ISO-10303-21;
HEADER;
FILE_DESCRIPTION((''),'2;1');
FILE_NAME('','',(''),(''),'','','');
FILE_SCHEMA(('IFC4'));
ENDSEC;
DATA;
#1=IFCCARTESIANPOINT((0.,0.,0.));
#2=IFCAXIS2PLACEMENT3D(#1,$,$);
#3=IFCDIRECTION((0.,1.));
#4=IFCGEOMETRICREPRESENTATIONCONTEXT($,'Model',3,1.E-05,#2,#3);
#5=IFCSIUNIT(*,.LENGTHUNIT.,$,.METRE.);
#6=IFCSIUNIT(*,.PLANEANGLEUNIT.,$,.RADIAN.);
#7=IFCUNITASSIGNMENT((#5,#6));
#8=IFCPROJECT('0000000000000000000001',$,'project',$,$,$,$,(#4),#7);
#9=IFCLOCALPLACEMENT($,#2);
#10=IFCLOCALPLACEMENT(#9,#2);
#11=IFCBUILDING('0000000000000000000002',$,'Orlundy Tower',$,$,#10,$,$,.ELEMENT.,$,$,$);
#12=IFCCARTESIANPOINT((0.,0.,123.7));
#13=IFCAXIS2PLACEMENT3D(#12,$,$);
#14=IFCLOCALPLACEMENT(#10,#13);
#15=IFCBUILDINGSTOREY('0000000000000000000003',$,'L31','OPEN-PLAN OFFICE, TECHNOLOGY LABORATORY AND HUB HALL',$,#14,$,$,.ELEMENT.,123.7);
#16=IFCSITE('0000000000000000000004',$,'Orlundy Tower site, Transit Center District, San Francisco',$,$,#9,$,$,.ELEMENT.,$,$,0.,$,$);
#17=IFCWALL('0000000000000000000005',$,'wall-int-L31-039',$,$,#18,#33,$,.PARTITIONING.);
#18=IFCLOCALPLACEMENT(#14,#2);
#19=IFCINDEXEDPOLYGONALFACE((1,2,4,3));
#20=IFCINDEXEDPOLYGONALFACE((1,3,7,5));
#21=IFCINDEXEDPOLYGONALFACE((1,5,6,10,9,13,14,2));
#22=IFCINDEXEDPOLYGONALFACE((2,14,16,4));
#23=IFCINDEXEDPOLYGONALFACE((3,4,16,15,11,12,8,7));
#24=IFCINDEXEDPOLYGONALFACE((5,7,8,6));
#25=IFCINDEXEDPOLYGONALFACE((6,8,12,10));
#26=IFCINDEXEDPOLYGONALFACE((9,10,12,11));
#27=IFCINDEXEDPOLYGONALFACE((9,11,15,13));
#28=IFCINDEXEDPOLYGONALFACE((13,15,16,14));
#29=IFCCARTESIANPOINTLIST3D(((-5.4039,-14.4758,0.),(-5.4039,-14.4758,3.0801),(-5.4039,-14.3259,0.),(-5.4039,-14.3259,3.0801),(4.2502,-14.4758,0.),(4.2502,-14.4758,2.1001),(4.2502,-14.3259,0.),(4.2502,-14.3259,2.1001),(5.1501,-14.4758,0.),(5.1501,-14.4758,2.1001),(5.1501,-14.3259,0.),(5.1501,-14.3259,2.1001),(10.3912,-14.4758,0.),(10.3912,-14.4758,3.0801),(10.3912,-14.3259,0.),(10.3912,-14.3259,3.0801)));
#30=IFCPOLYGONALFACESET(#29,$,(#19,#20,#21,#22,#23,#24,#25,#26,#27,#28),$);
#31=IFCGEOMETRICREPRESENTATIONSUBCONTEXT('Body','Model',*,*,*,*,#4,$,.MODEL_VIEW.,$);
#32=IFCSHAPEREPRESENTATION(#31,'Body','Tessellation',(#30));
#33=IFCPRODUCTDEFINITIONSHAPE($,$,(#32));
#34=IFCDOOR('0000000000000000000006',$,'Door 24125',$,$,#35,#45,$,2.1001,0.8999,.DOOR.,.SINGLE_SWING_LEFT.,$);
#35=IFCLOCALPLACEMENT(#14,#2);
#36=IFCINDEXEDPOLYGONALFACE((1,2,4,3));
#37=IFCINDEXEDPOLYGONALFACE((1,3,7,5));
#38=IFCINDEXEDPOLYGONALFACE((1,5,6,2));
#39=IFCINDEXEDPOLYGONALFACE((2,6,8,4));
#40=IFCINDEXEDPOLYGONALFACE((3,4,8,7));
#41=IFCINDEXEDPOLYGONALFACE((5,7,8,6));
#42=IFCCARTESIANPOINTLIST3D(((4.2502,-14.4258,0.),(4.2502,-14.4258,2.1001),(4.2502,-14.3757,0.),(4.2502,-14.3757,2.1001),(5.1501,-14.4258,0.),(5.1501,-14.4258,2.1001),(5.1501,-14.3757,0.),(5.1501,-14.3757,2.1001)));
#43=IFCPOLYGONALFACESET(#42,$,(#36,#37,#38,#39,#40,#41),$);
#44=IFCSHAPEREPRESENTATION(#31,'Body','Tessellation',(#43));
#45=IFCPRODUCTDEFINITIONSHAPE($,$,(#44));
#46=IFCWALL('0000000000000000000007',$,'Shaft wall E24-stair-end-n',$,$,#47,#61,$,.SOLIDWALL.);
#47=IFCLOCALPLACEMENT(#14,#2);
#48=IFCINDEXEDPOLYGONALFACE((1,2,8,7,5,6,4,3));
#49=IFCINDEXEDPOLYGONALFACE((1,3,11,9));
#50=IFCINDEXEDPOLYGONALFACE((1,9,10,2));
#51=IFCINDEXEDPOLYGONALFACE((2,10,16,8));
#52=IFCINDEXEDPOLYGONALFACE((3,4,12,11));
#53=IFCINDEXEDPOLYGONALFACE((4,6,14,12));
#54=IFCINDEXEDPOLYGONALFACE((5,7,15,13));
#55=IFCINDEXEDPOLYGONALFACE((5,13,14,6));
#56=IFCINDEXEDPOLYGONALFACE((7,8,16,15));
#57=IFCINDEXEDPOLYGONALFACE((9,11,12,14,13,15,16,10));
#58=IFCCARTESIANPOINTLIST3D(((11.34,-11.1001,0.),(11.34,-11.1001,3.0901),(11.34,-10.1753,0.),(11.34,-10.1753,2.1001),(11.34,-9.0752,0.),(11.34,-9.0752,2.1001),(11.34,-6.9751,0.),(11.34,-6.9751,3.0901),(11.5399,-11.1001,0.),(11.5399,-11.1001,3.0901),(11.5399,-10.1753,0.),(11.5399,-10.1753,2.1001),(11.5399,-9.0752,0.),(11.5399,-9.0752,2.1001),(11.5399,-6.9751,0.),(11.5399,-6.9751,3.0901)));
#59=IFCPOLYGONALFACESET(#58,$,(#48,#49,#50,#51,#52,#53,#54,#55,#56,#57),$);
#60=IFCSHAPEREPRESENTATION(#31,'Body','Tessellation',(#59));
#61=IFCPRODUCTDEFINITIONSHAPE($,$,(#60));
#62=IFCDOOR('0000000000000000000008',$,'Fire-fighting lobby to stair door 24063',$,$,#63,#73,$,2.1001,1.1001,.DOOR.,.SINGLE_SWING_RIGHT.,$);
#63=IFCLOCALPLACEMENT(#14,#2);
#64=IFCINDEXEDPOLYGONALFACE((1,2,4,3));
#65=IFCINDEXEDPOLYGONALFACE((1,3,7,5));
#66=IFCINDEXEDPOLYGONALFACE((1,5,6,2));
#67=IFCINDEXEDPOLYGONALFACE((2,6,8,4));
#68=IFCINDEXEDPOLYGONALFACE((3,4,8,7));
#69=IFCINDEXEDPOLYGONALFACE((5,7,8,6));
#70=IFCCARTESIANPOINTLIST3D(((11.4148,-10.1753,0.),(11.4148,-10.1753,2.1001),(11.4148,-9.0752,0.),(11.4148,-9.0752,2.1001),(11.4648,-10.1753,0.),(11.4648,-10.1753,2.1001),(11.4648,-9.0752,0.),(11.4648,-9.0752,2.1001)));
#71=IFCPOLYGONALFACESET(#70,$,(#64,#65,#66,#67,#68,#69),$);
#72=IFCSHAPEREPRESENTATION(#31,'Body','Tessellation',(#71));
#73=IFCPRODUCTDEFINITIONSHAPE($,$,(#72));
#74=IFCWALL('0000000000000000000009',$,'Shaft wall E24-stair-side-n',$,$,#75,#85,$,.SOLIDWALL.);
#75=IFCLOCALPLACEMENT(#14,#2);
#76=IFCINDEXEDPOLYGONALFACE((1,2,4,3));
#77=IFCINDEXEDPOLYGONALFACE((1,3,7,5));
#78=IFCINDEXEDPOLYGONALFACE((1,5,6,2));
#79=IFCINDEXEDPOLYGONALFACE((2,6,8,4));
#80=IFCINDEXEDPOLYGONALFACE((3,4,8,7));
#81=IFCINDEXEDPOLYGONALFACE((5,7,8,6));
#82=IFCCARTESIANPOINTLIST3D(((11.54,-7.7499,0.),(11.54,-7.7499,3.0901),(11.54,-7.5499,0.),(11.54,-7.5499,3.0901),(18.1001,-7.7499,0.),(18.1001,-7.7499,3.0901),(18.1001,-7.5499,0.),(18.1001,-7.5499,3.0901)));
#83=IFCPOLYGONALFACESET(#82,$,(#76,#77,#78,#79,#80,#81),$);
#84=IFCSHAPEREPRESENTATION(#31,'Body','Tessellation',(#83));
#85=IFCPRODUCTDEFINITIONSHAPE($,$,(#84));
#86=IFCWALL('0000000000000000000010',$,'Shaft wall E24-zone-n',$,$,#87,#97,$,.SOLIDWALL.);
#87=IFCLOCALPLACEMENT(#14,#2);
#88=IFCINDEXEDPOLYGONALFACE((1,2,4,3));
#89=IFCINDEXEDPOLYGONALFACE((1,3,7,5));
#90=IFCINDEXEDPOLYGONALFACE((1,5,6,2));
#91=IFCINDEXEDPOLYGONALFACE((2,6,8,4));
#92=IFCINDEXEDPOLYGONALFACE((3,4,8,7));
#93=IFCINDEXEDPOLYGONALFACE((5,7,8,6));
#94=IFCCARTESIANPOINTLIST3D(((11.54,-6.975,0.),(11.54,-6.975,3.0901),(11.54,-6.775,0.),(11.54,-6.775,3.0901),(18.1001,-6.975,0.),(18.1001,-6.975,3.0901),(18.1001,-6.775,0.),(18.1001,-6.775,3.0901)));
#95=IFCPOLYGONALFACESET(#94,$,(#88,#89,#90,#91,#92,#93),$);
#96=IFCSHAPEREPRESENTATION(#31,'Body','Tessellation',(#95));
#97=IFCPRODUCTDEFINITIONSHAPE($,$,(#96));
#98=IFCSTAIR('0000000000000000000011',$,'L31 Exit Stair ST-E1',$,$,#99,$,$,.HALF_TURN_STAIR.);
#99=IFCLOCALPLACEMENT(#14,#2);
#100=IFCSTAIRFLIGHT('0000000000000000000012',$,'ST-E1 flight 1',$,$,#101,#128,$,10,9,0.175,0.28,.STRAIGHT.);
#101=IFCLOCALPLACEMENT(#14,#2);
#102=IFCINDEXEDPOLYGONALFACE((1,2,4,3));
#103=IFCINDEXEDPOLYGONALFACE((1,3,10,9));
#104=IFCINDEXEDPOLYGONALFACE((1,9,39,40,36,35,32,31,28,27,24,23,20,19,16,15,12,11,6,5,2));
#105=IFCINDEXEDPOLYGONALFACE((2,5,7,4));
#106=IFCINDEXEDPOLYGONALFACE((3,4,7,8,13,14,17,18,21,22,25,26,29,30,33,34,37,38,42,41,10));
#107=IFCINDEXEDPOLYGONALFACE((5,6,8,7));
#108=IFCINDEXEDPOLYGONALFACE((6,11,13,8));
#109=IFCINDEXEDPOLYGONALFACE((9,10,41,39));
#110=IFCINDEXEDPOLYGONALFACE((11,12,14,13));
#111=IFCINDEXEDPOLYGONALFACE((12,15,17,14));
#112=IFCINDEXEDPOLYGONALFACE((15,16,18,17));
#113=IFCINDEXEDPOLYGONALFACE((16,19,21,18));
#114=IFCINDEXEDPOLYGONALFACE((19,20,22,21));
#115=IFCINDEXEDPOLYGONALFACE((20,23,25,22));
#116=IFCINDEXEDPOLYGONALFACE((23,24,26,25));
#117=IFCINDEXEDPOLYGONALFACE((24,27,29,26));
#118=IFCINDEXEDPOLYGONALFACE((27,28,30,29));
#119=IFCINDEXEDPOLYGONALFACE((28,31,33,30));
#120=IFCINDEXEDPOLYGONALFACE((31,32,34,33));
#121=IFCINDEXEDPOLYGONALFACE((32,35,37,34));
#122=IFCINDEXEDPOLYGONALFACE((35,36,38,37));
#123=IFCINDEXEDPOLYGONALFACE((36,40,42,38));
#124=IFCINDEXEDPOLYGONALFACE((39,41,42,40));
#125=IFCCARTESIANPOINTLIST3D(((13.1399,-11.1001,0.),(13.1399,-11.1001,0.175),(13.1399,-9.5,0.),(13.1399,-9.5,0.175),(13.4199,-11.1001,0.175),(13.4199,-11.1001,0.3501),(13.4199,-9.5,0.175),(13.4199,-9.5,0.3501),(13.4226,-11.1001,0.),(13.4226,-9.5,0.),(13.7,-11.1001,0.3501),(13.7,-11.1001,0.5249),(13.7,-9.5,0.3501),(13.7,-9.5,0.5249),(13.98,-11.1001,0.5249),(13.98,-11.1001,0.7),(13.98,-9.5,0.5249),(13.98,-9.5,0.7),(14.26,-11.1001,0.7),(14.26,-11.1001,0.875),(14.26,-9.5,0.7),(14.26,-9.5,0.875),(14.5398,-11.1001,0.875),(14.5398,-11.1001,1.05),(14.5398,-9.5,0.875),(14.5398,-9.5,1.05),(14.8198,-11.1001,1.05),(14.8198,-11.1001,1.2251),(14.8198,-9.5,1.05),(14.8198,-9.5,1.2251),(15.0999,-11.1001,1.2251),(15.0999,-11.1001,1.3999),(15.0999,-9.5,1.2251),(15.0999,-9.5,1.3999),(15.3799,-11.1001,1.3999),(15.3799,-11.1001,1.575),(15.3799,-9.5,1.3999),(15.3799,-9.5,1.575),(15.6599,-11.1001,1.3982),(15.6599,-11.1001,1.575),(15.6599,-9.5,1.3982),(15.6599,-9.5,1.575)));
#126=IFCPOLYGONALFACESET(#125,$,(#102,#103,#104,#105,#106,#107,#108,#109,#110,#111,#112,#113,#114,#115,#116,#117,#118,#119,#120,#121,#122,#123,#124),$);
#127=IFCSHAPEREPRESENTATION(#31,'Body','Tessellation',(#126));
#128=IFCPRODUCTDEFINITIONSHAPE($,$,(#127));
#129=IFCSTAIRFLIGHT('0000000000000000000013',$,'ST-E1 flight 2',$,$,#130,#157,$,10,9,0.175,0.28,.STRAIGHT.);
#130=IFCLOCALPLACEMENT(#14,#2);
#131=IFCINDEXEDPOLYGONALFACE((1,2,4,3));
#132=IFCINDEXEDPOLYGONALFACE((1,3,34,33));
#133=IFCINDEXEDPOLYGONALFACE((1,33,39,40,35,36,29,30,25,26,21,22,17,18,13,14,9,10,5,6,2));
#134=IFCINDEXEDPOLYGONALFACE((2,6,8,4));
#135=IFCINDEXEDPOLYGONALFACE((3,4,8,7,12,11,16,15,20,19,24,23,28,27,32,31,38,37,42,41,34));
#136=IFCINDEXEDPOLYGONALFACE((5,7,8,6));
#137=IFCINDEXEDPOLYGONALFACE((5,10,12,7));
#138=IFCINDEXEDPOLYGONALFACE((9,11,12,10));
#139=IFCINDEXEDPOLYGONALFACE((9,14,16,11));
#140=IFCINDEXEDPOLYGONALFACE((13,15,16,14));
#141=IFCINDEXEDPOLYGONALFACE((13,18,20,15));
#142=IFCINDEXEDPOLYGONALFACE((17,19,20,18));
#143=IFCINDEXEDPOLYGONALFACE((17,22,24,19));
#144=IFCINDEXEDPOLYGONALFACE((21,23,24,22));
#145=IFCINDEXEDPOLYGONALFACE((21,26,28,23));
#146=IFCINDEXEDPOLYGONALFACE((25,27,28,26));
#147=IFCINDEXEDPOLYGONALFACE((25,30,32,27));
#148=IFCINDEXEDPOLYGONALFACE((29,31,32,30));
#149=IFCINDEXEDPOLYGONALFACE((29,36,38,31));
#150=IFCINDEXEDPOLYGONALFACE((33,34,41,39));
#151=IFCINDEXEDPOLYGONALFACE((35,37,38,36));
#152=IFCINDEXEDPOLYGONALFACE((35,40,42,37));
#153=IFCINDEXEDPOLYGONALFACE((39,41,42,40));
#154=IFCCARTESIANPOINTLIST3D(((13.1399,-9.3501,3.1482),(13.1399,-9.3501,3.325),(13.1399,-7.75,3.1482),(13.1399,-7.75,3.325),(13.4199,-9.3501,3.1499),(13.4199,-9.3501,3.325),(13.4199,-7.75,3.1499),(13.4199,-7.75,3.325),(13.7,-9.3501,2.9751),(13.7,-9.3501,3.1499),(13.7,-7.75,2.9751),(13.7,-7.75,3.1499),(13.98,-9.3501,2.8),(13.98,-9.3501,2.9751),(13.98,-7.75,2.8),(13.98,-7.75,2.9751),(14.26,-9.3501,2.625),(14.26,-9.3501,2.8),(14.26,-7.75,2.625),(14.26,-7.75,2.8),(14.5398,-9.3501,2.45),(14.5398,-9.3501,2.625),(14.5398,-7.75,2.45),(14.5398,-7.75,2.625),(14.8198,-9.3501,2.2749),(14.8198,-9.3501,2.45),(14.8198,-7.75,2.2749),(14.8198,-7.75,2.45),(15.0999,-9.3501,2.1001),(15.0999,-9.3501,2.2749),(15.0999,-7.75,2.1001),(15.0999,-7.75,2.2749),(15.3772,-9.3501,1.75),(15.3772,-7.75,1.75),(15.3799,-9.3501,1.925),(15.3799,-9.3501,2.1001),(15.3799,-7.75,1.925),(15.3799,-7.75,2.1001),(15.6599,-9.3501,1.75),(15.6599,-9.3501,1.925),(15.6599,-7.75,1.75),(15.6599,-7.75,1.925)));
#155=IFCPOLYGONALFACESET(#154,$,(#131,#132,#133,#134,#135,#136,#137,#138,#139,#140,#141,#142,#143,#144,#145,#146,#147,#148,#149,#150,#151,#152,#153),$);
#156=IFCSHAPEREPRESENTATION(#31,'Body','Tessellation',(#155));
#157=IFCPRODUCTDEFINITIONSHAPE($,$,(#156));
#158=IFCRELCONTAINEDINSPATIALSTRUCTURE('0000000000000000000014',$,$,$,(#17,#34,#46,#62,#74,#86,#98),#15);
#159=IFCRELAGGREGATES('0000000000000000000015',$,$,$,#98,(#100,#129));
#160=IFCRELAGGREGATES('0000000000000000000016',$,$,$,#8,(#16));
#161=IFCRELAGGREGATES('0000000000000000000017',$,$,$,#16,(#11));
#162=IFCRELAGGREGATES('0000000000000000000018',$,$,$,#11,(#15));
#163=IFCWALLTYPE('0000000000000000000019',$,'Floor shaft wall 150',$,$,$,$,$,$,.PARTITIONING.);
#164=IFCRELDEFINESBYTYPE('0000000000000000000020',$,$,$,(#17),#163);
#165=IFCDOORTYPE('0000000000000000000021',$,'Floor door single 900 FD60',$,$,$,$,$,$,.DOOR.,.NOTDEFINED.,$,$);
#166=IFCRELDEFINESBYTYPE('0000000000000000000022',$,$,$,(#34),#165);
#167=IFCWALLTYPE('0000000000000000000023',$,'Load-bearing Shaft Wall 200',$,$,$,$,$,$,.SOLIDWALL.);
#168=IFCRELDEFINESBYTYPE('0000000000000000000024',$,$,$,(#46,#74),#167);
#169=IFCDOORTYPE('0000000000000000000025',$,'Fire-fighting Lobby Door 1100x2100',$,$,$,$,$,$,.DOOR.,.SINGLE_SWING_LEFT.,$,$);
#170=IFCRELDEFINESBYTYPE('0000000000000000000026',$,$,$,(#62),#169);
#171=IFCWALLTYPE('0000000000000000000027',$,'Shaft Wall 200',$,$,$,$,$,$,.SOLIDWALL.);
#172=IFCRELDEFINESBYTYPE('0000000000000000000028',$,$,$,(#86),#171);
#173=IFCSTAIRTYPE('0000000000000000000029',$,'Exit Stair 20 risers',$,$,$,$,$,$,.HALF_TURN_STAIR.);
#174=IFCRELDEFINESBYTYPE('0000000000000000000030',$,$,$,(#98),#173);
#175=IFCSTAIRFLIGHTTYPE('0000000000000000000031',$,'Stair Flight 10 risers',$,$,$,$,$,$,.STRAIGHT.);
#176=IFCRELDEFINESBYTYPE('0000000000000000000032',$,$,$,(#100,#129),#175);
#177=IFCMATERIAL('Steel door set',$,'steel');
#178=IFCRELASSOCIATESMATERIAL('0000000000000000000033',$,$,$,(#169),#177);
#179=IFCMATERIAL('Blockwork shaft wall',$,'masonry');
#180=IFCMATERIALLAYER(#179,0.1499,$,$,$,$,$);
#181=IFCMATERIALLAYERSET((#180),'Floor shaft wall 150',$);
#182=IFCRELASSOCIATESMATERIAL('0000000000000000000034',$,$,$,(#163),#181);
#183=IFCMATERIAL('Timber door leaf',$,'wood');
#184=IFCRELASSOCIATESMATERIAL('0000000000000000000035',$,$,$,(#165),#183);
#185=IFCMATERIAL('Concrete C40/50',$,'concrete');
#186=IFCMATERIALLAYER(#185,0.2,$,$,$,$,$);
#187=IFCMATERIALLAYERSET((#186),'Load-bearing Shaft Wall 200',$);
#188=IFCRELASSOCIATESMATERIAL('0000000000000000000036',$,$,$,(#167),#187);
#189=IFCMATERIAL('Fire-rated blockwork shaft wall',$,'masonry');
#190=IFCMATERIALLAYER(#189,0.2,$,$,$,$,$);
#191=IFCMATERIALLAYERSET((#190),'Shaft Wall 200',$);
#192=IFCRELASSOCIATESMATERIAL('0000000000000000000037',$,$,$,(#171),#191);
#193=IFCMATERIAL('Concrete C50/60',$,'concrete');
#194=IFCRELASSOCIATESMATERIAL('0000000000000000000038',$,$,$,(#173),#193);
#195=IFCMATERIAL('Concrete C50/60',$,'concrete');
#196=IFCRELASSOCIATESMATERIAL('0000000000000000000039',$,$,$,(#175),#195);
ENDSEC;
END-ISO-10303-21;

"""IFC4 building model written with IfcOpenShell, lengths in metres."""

from ifc_helpers import new_model, si_unit, direction, frame, frame_2d, origin, place, context, subcontext, project, spatial, polyline, rectangle, outline, extrude, material, layer, layer_set, type_object, element, fill, aggregate, save


model = new_model("IFC4")

# Units and contexts
model_context = context("Model", 3, precision=1e-05, world=origin(), true_north=direction((0.0, 1.0)))
body_context = subcontext(model_context, "Body", "Model", "MODEL_VIEW")
ifc_project = project(units=[si_unit("LENGTHUNIT", "METRE"), si_unit("PLANEANGLEUNIT", "RADIAN")], contexts=[model_context])

# Site, building, storey
site_placement = place(None, origin())
site = spatial("IfcSite", under=ifc_project, at=site_placement, Name="Orlundy Tower site, Transit Center District, San Francisco", CompositionType="ELEMENT", RefElevation=0.0)
building_placement = place(site_placement, origin())
building = spatial("IfcBuilding", under=site, at=building_placement, Name="Orlundy Tower", CompositionType="ELEMENT")
storey_placement = place(building_placement, frame((0.0, 0.0, 123.7)))
storey = spatial("IfcBuildingStorey", under=building, at=storey_placement, Name="L31", Description="OPEN-PLAN OFFICE, TECHNOLOGY LABORATORY AND HUB HALL", CompositionType="ELEMENT", Elevation=123.7)

# Shared definitions
ifc_material_1 = material(Name="Steel door set", Category="steel")
door_type_1 = type_object("IfcDoorType", Name="Fire-fighting Lobby Door 1100x2100", OperationType="SINGLE_SWING_LEFT", PredefinedType="DOOR", material=ifc_material_1)

# Walls, openings, doors
ifc_material_2 = material(Name="Blockwork shaft wall", Category="masonry")
ifc_layer_1 = layer(ifc_material_2, 0.1499)
ifc_layer_set_1 = layer_set([ifc_layer_1], Name="Floor shaft wall 150")
wall_type_1 = type_object("IfcWallType", Name="Floor shaft wall 150", PredefinedType="PARTITIONING", material=ifc_layer_set_1)
wall_1_placement = place(storey_placement, frame((10.3911, -14.4009, 0.0), z_axis=(0.0, 0.0, 1.0), x_axis=(-1.0, 0.0, 0.0)))
wall_1 = element("IfcWall", 1, at=wall_1_placement, inside=storey, type_object=wall_type_1, Name="wall-int-L31-039", PredefinedType="PARTITIONING", context=body_context, shape_type="SweptSolid", body=[
    extrude(rectangle(XDim=15.7952, YDim=0.1499, at=frame_2d((7.8975, 0.0))), origin(), (0.0, 0.0, 1.0), 3.0801),
])
opening_1_placement = place(wall_1_placement, frame((5.241, 0.0, 0.0)))
opening_1 = element("IfcOpeningElement", 2, at=opening_1_placement, cuts=wall_1, PredefinedType="OPENING", context=body_context, shape_type="SweptSolid", body=[
    extrude(rectangle(XDim=0.8999, YDim=2.1001, at=frame_2d((0.45, 1.05))), frame((0.0, 0.085, 0.0), z_axis=(0.0, -1.0, 0.0), x_axis=(1.0, 0.0, 0.0)), (0.0, 0.0, 1.0), 0.1699),
])
ifc_material_3 = material(Name="Timber door leaf", Category="wood")
door_type_2 = type_object("IfcDoorType", Name="Floor door single 900 FD60", OperationType="NOTDEFINED", PredefinedType="DOOR", material=ifc_material_3)
door_1_placement = place(opening_1_placement, origin())
door_1 = element("IfcDoor", 3, at=door_1_placement, inside=storey, type_object=door_type_2, Name="Door 24125", OperationType="SINGLE_SWING_LEFT", OverallHeight=2.1001, OverallWidth=0.8999, PredefinedType="DOOR", context=body_context, shape_type="SweptSolid", body=[
    extrude(rectangle(XDim=0.8999, YDim=2.1001, at=frame_2d((0.45, 1.05))), frame((0.0, 0.0249, 0.0), z_axis=(0.0, -1.0, 0.0), x_axis=(1.0, 0.0, 0.0)), (0.0, 0.0, 1.0), 0.05),
])
fill(opening_1, door_1)
ifc_material_4 = material(Name="Concrete C40/50", Category="concrete")
ifc_layer_2 = layer(ifc_material_4, 0.2)
ifc_layer_set_2 = layer_set([ifc_layer_2], Name="Load-bearing Shaft Wall 200")
wall_type_2 = type_object("IfcWallType", Name="Load-bearing Shaft Wall 200", PredefinedType="SOLIDWALL", material=ifc_layer_set_2)
wall_2_placement = place(storey_placement, frame((11.4399, -6.9751, 0.0), z_axis=(0.0, 0.0, 1.0), x_axis=(0.0, -1.0, 0.0)))
wall_2 = element("IfcWall", 4, at=wall_2_placement, inside=storey, type_object=wall_type_2, Name="Shaft wall E24-stair-end-n", PredefinedType="SOLIDWALL", context=body_context, shape_type="SweptSolid", body=[
    extrude(rectangle(XDim=4.125, YDim=0.2, at=frame_2d((2.0625, 0.0))), origin(), (0.0, 0.0, 1.0), 3.0901),
])
opening_2_placement = place(wall_2_placement, frame((2.1001, 0.0, 0.0)))
opening_2 = element("IfcOpeningElement", 5, at=opening_2_placement, cuts=wall_2, PredefinedType="OPENING", context=body_context, shape_type="SweptSolid", body=[
    extrude(rectangle(XDim=1.1001, YDim=2.1001, at=frame_2d((0.55, 1.05))), frame((0.0, 0.1101, 0.0), z_axis=(0.0, -1.0, 0.0), x_axis=(1.0, 0.0, 0.0)), (0.0, 0.0, 1.0), 0.2202),
])
door_2_placement = place(opening_2_placement, origin())
door_2 = element("IfcDoor", 6, at=door_2_placement, inside=storey, type_object=door_type_1, Name="Fire-fighting lobby to stair door 24063", OperationType="SINGLE_SWING_RIGHT", OverallHeight=2.1001, OverallWidth=1.1001, PredefinedType="DOOR", context=body_context, shape_type="SweptSolid", body=[
    extrude(rectangle(XDim=1.1001, YDim=2.1001, at=frame_2d((0.55, 1.05))), frame((0.0, 0.0249, 0.0), z_axis=(0.0, -1.0, 0.0), x_axis=(1.0, 0.0, 0.0)), (0.0, 0.0, 1.0), 0.05),
])
fill(opening_2, door_2)

# Walls
wall_3_placement = place(storey_placement, frame((11.54, -7.6499, 0.0), z_axis=(0.0, 0.0, 1.0), x_axis=(1.0, 0.0, 0.0)))
element("IfcWall", 7, at=wall_3_placement, inside=storey, type_object=wall_type_2, Name="Shaft wall E24-stair-side-n", PredefinedType="SOLIDWALL", context=body_context, shape_type="SweptSolid", body=[
    extrude(rectangle(XDim=6.5601, YDim=0.2, at=frame_2d((3.28, 0.0))), origin(), (0.0, 0.0, 1.0), 3.0901),
])
ifc_material_5 = material(Name="Fire-rated blockwork shaft wall", Category="masonry")
ifc_layer_3 = layer(ifc_material_5, 0.2)
ifc_layer_set_3 = layer_set([ifc_layer_3], Name="Shaft Wall 200")
wall_type_3 = type_object("IfcWallType", Name="Shaft Wall 200", PredefinedType="SOLIDWALL", material=ifc_layer_set_3)
wall_4_placement = place(storey_placement, frame((11.54, -6.875, 0.0), z_axis=(0.0, 0.0, 1.0), x_axis=(1.0, 0.0, 0.0)))
element("IfcWall", 8, at=wall_4_placement, inside=storey, type_object=wall_type_3, Name="Shaft wall E24-zone-n", PredefinedType="SOLIDWALL", context=body_context, shape_type="SweptSolid", body=[
    extrude(rectangle(XDim=6.5601, YDim=0.2, at=frame_2d((3.28, 0.0))), origin(), (0.0, 0.0, 1.0), 3.0901),
])

# Stair, stair flights
ifc_material_6 = material(Name="Concrete C50/60", Category="concrete")
stair_type = type_object("IfcStairType", Name="Exit Stair 20 risers", PredefinedType="HALF_TURN_STAIR", material=ifc_material_6)
stair_placement = place(storey_placement, origin())
stair = element("IfcStair", 9, at=stair_placement, inside=storey, type_object=stair_type, Name="L31 Exit Stair ST-E1", PredefinedType="HALF_TURN_STAIR")
ifc_material_7 = material(Name="Concrete C50/60", Category="concrete")
stair_flight_type = type_object("IfcStairFlightType", Name="Stair Flight 10 risers", PredefinedType="STRAIGHT", material=ifc_material_7)
stair_flight_1_placement = place(storey_placement, frame((13.1399, -10.3, 0.0), z_axis=(0.0, 0.0, 1.0), x_axis=(1.0, 0.0, 0.0)))
stair_flight_1 = element("IfcStairFlight", 10, at=stair_flight_1_placement, type_object=stair_flight_type, Name="ST-E1 flight 1", NumberOfRisers=10, NumberOfTreads=9, PredefinedType="STRAIGHT", RiserHeight=0.175, TreadLength=0.28, context=body_context, shape_type="SweptSolid", body=[
    extrude(outline(polyline([(0.0, 0.0), (0.0, 0.175), (0.28, 0.175), (0.28, 0.3501), (0.5601, 0.3501), (0.5601, 0.5249), (0.8401, 0.5249), (0.8401, 0.7), (1.1201, 0.7), (1.1201, 0.875), (1.3999, 0.875), (1.3999, 1.05), (1.6799, 1.05), (1.6799, 1.2251), (1.96, 1.2251), (1.96, 1.3999), (2.24, 1.3999), (2.24, 1.575), (2.52, 1.575), (2.52, 1.75), (2.52, 1.3982), (0.2827, 0.0), (0.0, 0.0)])), frame((0.0, 0.8, 0.0), z_axis=(0.0, -1.0, 0.0), x_axis=(1.0, 0.0, 0.0)), (0.0, 0.0, 1.0), 1.6001),
])
stair_flight_2_placement = place(storey_placement, frame((15.6599, -8.55, 1.75), z_axis=(0.0, 0.0, 1.0), x_axis=(-1.0, 0.0, 0.0)))
stair_flight_2 = element("IfcStairFlight", 11, at=stair_flight_2_placement, type_object=stair_flight_type, Name="ST-E1 flight 2", NumberOfRisers=10, NumberOfTreads=9, PredefinedType="STRAIGHT", RiserHeight=0.175, TreadLength=0.28, context=body_context, shape_type="SweptSolid", body=[
    extrude(outline(polyline([(0.0, 0.0), (0.0, 0.175), (0.28, 0.175), (0.28, 0.3501), (0.5601, 0.3501), (0.5601, 0.5249), (0.8401, 0.5249), (0.8401, 0.7), (1.1201, 0.7), (1.1201, 0.875), (1.3999, 0.875), (1.3999, 1.05), (1.6799, 1.05), (1.6799, 1.2251), (1.96, 1.2251), (1.96, 1.3999), (2.24, 1.3999), (2.24, 1.575), (2.52, 1.575), (2.52, 1.75), (2.52, 1.3982), (0.2827, 0.0), (0.0, 0.0)])), frame((0.0, 0.8, 0.0), z_axis=(0.0, -1.0, 0.0), x_axis=(1.0, 0.0, 0.0)), (0.0, 0.0, 1.0), 1.6001),
])
aggregate(stair, [stair_flight_1, stair_flight_2])

save(model, "model.ifc")
